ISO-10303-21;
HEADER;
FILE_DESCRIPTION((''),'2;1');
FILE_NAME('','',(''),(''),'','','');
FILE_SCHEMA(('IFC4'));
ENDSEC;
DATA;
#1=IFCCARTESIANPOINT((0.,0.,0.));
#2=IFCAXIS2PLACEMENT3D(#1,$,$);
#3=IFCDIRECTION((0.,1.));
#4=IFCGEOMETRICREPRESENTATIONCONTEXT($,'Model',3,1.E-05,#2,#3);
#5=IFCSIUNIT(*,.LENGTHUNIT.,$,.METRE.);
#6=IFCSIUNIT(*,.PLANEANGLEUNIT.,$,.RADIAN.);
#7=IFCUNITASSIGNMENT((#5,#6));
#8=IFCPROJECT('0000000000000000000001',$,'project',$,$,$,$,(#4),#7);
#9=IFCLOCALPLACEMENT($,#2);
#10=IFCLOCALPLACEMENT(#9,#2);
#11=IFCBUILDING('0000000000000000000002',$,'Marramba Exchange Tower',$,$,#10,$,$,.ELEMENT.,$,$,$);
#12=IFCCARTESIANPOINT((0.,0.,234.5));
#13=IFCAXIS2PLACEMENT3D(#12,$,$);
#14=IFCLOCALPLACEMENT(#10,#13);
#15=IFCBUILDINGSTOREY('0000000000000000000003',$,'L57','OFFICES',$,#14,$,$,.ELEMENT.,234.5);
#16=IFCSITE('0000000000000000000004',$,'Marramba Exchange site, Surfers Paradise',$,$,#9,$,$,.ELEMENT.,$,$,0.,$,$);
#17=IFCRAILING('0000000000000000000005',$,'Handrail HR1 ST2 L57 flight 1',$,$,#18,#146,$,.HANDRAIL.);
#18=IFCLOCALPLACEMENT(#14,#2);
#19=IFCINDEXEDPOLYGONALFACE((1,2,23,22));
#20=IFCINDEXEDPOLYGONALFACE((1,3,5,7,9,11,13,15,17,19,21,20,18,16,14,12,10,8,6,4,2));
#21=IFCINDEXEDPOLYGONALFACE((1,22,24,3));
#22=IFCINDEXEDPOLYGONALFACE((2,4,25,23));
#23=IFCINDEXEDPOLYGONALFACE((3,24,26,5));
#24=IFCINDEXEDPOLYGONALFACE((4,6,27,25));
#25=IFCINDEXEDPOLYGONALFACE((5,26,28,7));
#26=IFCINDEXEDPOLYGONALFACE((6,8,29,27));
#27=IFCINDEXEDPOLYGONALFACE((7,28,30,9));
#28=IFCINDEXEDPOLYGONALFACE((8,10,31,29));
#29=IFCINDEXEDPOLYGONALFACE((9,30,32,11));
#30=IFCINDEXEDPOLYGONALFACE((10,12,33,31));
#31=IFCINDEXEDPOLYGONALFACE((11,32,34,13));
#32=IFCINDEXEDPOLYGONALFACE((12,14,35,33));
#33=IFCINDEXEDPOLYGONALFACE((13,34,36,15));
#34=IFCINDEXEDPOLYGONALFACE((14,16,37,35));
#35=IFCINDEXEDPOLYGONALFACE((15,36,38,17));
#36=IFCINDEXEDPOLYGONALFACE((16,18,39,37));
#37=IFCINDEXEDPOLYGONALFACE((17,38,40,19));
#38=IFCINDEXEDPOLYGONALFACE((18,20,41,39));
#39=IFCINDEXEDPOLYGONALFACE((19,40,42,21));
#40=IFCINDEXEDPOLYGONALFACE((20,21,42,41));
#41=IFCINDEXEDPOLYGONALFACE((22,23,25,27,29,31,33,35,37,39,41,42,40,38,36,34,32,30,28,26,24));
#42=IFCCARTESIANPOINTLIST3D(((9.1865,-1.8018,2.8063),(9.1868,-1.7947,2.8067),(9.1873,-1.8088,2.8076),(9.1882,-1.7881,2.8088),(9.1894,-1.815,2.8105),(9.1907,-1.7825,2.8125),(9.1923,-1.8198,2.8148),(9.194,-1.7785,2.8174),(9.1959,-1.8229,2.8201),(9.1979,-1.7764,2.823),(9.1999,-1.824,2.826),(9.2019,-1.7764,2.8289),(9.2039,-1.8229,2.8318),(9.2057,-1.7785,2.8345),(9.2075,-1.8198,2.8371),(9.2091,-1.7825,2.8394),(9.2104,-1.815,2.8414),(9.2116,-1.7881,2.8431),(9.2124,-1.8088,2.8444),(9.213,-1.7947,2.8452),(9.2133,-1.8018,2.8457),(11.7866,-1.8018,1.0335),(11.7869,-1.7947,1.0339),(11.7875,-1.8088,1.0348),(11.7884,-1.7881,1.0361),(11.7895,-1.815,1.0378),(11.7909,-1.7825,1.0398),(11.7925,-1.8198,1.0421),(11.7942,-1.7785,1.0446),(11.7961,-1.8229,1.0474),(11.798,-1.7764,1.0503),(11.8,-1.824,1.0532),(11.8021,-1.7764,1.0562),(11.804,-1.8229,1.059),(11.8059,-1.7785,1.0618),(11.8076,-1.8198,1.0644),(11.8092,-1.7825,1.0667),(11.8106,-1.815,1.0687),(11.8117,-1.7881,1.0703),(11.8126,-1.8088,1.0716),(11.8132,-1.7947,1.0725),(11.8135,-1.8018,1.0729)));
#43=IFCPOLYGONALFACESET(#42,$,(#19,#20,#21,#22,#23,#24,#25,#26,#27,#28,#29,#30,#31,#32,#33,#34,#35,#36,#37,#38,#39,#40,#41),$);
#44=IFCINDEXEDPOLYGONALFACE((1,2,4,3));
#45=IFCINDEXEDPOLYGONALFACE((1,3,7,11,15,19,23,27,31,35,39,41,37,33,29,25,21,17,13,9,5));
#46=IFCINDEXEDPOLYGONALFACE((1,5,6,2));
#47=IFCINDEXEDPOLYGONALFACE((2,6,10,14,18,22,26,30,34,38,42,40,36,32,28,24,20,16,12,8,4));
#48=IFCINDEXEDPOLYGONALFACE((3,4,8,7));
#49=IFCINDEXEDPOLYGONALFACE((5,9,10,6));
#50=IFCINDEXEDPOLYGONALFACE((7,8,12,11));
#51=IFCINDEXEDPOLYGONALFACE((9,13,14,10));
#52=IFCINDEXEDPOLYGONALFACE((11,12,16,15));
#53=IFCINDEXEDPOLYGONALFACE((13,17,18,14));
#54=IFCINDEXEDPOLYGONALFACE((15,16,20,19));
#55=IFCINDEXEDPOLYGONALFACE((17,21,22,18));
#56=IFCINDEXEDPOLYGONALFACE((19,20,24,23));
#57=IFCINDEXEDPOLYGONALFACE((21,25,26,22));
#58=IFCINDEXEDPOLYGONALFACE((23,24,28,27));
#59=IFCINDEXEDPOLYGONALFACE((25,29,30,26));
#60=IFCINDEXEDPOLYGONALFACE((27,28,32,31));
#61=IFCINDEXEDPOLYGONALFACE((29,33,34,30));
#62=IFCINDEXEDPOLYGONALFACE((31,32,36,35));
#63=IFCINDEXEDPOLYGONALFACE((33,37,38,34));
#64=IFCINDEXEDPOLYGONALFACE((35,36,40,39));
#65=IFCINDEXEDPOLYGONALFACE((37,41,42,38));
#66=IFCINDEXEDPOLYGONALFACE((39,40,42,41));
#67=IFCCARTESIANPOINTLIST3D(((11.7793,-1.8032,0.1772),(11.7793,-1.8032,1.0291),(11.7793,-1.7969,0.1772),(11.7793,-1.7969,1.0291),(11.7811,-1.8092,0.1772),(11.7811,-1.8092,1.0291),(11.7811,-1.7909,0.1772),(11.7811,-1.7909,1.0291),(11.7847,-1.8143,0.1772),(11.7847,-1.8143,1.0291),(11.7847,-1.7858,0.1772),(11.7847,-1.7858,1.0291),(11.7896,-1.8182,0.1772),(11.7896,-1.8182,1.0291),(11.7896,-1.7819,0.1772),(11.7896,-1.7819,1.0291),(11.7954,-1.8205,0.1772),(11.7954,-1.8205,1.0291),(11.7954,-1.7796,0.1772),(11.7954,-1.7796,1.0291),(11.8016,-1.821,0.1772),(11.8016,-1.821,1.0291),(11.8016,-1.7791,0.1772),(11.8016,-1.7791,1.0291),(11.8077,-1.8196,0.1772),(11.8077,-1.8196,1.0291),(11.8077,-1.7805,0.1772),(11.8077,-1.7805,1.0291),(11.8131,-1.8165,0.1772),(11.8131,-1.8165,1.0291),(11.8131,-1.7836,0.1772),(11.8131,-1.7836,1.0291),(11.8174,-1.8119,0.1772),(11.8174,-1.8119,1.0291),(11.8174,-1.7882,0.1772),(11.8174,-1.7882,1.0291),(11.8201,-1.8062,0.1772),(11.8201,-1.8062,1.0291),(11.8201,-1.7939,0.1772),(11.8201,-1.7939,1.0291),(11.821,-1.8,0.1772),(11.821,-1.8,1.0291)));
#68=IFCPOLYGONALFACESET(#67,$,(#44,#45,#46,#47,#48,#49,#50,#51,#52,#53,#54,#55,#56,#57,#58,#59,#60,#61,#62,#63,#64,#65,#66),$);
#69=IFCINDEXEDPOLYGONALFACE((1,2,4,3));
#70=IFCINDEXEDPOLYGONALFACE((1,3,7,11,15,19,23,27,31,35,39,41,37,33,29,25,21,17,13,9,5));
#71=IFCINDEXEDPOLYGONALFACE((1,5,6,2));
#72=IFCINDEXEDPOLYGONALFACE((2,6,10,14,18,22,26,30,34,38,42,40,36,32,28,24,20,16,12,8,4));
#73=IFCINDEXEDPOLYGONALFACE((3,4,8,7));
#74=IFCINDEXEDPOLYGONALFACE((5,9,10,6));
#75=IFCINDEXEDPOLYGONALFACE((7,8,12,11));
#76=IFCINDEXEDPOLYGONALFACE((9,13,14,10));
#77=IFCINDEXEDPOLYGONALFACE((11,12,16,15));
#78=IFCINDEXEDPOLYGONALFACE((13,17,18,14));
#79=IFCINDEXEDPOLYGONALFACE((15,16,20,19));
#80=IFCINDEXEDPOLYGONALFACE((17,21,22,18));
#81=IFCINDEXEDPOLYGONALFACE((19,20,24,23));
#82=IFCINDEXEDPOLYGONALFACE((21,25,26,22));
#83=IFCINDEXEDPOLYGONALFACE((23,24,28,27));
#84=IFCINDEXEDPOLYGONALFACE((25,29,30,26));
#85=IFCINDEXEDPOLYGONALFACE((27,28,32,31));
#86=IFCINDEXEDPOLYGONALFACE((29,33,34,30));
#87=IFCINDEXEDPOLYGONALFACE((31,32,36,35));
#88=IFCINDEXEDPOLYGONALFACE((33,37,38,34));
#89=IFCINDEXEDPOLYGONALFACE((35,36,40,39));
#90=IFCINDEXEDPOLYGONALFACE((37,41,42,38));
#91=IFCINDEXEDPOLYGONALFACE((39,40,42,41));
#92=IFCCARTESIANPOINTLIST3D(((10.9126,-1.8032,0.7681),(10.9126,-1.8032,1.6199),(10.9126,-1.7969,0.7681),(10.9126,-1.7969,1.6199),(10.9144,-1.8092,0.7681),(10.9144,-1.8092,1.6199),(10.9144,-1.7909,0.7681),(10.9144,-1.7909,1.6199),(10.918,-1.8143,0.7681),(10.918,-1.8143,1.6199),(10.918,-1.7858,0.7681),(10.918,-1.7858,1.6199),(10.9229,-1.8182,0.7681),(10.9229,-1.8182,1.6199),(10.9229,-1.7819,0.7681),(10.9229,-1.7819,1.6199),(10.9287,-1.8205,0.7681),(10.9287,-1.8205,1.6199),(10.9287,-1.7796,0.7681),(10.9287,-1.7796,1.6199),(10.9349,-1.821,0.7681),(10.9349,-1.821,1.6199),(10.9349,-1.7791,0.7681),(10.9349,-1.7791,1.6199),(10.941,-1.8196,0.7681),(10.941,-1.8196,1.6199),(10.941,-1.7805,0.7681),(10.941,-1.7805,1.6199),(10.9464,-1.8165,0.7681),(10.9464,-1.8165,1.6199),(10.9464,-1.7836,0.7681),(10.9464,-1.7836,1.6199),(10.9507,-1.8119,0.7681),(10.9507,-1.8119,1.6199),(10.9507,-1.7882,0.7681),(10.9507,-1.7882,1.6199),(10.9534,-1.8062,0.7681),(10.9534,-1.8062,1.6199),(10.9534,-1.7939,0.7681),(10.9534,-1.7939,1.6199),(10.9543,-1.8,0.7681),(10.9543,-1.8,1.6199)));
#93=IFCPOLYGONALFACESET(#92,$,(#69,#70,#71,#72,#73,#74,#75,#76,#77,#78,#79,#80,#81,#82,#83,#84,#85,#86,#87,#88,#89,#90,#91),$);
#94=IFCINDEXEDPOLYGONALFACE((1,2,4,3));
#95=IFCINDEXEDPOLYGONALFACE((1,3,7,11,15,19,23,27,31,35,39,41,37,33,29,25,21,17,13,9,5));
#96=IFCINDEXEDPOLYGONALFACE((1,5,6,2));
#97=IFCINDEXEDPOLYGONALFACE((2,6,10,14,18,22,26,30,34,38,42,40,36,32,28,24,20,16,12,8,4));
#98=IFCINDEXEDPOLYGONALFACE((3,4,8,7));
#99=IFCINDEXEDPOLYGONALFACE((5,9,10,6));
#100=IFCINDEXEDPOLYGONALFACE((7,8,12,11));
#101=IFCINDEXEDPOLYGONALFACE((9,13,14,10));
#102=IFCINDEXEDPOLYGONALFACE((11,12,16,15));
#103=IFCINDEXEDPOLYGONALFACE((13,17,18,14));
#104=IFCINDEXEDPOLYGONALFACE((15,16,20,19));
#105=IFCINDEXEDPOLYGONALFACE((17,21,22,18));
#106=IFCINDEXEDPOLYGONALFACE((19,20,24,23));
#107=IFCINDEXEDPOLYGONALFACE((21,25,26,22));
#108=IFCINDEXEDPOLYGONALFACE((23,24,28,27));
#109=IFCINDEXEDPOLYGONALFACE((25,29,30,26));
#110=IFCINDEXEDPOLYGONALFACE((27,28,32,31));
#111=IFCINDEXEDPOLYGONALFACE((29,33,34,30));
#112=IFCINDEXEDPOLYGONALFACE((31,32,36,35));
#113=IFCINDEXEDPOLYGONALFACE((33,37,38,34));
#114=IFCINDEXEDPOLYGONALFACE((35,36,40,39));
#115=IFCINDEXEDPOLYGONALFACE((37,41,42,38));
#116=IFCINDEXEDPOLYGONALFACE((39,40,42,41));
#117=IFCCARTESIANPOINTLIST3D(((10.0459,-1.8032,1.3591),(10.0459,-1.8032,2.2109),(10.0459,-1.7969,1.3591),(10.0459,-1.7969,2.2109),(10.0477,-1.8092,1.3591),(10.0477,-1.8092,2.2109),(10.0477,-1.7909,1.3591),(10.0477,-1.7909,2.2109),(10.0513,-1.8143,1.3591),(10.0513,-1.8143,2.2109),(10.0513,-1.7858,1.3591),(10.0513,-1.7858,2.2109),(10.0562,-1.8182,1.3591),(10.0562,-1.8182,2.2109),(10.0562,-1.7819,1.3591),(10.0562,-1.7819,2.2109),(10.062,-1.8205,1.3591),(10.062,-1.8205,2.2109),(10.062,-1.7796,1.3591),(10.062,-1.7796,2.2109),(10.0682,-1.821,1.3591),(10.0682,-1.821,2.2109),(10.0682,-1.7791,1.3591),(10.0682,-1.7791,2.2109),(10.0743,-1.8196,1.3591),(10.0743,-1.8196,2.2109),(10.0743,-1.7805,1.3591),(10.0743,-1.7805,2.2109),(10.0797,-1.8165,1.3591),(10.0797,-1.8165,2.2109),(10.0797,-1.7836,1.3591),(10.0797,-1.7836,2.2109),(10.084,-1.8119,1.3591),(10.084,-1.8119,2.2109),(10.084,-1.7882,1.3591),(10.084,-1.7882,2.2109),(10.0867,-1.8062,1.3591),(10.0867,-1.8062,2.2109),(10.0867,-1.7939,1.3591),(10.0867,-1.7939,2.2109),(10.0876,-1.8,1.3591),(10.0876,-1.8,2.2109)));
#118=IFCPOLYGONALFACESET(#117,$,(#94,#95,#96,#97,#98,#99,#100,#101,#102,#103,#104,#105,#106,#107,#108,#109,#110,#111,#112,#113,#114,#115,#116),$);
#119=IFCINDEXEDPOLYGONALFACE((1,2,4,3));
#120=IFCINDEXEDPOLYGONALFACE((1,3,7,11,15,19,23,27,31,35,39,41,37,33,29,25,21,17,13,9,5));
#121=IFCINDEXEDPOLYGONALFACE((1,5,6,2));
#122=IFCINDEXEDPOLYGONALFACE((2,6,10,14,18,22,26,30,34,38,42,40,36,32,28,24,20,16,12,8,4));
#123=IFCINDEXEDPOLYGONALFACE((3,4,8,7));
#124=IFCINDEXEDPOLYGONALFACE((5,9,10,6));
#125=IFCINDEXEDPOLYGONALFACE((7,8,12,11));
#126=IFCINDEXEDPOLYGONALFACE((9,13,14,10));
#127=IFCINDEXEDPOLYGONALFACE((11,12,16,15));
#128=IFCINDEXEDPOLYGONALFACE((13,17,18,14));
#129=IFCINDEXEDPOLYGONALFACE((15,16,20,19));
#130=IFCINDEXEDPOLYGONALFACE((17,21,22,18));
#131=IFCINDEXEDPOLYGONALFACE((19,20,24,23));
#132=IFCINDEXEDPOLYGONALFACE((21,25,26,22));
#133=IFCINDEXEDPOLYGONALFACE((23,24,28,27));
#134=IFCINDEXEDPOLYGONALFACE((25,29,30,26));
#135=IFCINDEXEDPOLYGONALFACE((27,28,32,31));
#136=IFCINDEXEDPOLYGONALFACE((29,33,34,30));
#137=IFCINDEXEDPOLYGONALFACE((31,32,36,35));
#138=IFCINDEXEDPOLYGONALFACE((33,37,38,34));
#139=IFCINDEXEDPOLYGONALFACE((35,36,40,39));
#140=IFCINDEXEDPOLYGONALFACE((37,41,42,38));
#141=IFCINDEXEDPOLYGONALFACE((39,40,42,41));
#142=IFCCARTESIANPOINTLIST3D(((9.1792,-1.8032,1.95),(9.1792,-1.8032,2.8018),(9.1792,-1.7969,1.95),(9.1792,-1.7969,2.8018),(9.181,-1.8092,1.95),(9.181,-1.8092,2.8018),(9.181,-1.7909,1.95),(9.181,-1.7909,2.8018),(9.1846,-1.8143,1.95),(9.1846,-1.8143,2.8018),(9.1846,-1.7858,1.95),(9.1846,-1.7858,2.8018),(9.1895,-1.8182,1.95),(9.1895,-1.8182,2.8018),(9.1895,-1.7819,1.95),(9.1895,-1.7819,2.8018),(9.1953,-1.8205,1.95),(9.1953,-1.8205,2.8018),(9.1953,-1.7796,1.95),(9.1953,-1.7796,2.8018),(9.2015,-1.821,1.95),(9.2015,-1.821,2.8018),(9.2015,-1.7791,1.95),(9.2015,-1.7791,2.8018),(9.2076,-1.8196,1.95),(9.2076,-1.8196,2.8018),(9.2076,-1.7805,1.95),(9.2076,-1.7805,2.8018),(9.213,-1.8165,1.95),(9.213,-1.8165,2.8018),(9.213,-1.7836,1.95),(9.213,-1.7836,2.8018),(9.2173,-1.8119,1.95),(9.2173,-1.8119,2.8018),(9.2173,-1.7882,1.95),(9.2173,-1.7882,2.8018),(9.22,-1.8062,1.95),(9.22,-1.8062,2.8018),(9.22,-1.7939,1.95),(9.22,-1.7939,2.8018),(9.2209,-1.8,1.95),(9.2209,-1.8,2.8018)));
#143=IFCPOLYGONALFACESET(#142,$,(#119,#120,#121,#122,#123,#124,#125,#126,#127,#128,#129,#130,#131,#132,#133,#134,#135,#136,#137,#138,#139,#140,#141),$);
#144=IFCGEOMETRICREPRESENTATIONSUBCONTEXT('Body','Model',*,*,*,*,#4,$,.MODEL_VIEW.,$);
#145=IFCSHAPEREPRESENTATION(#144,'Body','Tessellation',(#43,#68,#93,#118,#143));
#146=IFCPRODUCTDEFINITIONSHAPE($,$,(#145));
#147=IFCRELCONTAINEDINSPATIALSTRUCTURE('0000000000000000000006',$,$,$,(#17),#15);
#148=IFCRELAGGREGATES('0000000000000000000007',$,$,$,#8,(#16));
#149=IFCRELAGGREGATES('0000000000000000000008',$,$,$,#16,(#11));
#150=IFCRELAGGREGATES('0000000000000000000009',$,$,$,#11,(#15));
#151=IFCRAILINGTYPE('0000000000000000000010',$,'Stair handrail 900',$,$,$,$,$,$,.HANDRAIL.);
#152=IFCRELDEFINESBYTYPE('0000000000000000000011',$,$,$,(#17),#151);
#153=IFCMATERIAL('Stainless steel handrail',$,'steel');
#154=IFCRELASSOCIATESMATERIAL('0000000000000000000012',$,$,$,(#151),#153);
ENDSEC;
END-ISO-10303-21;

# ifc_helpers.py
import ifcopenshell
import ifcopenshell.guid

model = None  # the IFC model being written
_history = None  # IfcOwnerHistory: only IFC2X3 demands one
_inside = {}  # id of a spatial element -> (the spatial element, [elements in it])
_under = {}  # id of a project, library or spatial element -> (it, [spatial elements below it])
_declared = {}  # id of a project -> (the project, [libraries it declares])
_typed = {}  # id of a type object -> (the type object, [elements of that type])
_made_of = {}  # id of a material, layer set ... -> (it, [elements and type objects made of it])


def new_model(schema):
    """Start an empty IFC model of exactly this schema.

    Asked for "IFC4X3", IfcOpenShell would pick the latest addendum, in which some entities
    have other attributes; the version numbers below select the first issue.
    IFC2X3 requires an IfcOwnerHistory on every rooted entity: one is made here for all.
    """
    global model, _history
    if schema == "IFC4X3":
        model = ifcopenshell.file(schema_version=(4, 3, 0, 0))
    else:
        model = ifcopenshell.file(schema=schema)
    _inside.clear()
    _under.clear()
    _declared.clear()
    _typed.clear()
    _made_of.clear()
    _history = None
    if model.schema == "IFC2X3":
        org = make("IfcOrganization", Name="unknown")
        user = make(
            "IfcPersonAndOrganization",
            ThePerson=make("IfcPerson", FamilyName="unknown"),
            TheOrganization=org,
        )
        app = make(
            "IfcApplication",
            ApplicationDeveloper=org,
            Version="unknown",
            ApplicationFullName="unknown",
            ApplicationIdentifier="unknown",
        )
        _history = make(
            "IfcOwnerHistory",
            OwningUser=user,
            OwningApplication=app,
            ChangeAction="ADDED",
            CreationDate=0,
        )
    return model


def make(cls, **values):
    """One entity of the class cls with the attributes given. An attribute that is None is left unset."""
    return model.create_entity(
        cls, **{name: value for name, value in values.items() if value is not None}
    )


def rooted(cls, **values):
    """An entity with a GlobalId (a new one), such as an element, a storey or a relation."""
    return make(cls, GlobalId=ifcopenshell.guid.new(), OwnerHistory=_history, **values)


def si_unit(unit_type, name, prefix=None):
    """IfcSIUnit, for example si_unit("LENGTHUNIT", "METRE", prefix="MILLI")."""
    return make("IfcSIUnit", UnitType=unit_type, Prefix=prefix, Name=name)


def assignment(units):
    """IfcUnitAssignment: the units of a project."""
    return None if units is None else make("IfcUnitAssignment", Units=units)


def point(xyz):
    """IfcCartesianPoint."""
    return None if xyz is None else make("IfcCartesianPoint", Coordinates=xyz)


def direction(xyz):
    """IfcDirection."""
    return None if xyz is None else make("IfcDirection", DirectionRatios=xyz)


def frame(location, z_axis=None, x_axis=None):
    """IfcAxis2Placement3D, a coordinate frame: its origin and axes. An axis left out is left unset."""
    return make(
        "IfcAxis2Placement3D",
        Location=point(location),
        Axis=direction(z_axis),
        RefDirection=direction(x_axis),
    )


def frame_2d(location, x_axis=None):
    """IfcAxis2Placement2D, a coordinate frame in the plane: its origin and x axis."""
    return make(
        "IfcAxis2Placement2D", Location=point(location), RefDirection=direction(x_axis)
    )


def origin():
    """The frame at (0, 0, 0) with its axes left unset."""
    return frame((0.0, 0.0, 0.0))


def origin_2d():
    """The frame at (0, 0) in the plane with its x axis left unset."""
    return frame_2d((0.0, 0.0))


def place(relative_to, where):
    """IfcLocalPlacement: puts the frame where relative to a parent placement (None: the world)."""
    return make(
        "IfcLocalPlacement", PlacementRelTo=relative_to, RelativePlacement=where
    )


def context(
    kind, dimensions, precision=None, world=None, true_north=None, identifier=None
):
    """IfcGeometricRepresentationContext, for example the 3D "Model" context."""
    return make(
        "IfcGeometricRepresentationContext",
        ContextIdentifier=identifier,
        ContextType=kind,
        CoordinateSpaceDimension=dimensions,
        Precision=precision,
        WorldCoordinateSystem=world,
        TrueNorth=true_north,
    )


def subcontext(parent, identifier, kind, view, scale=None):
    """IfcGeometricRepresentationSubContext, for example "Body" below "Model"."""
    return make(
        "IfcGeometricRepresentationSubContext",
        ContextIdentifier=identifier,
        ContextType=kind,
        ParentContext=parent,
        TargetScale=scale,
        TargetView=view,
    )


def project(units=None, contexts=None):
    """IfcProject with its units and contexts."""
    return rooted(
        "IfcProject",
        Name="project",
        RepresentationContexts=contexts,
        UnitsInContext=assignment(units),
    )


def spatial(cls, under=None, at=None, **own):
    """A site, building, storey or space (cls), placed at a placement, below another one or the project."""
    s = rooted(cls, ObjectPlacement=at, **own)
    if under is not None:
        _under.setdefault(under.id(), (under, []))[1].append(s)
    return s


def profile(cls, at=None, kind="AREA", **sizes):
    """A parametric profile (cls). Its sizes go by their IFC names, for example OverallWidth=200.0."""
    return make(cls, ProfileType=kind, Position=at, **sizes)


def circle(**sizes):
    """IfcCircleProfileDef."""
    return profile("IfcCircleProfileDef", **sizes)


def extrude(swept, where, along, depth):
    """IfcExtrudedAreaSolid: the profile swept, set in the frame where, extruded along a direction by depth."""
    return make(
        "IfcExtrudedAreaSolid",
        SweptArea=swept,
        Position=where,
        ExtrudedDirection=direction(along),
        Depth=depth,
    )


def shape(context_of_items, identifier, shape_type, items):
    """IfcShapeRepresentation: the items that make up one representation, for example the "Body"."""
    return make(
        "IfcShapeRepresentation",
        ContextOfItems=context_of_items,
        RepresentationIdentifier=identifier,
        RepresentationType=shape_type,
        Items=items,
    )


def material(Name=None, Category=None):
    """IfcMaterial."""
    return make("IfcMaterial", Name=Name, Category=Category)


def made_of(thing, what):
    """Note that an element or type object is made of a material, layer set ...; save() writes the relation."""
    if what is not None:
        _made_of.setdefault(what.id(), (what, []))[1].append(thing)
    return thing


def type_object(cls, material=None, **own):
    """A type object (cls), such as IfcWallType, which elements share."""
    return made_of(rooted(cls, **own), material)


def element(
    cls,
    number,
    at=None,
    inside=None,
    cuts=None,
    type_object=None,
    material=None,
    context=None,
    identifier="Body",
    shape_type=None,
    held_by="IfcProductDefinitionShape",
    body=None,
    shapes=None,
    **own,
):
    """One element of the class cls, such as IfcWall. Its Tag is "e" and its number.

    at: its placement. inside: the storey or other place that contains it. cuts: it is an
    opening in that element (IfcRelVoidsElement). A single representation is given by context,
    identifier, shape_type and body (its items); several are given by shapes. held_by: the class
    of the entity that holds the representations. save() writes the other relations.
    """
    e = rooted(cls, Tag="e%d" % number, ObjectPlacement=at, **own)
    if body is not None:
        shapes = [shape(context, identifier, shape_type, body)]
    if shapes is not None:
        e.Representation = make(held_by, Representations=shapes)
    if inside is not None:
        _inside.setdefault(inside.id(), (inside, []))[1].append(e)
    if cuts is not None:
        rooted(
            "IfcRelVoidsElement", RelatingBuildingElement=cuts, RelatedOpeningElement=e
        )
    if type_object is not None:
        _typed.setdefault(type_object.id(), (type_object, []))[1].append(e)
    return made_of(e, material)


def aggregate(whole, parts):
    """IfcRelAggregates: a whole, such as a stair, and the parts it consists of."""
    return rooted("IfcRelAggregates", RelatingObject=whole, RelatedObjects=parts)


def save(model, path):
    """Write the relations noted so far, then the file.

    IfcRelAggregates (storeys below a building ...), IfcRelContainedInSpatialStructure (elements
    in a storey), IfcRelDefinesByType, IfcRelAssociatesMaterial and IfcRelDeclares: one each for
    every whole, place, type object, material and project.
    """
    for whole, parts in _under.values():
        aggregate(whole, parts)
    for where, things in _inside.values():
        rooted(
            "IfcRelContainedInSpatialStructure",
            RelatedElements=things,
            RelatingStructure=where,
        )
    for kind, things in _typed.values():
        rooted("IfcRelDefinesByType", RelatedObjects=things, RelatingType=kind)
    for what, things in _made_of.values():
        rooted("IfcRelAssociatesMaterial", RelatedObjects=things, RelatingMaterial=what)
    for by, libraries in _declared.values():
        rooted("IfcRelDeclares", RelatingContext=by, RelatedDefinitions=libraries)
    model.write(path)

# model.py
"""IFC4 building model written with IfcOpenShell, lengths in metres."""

from ifc_helpers import new_model, si_unit, direction, frame, origin, origin_2d, place, context, subcontext, project, spatial, circle, extrude, material, type_object, element, save


model = new_model("IFC4")

# Units and contexts
model_context = context("Model", 3, precision=1e-05, world=origin(), true_north=direction((0.0, 1.0)))
body_context = subcontext(model_context, "Body", "Model", "MODEL_VIEW")
ifc_project = project(units=[si_unit("LENGTHUNIT", "METRE"), si_unit("PLANEANGLEUNIT", "RADIAN")], contexts=[model_context])

# Site, building, storey
site_placement = place(None, origin())
site = spatial("IfcSite", under=ifc_project, at=site_placement, Name="Marramba Exchange site, Surfers Paradise", CompositionType="ELEMENT", RefElevation=0.0)
building_placement = place(site_placement, origin())
building = spatial("IfcBuilding", under=site, at=building_placement, Name="Marramba Exchange Tower", CompositionType="ELEMENT")
storey_placement = place(building_placement, frame((0.0, 0.0, 234.5)))
storey = spatial("IfcBuildingStorey", under=building, at=storey_placement, Name="L57", Description="OFFICES", CompositionType="ELEMENT", Elevation=234.5)

# Railing
ifc_material_1 = material(Name="Stainless steel handrail", Category="steel")
railing_type = type_object("IfcRailingType", Name="Stair handrail 900", PredefinedType="HANDRAIL", material=ifc_material_1)
railing_1_placement = place(storey_placement, frame((11.8, -1.8, 0.1772)))
element("IfcRailing", 1, at=railing_1_placement, inside=storey, type_object=railing_type, Name="Handrail HR1 ST2 L57 flight 1", PredefinedType="HANDRAIL", context=body_context, shape_type="SweptSolid", body=[
    extrude(circle(Radius=0.0239, at=origin_2d()), frame((0.0, 0.0, 0.876), z_axis=(-0.82624, 0.0, 0.563318), x_axis=(0.0, -1.0, 0.0)), (0.0, 0.0, 1.0), 3.147),
    extrude(circle(Radius=0.021, at=origin_2d()), origin(), (0.0, 0.0, 1.0), 0.8518),
    extrude(circle(Radius=0.021, at=origin_2d()), frame((-0.8667, 0.0, 0.5908)), (0.0, 0.0, 1.0), 0.8518),
    extrude(circle(Radius=0.021, at=origin_2d()), frame((-1.7334, 0.0, 1.1819)), (0.0, 0.0, 1.0), 0.8518),
    extrude(circle(Radius=0.021, at=origin_2d()), frame((-2.6001, 0.0, 1.7727)), (0.0, 0.0, 1.0), 0.8518),
])

save(model, "model.ifc")
